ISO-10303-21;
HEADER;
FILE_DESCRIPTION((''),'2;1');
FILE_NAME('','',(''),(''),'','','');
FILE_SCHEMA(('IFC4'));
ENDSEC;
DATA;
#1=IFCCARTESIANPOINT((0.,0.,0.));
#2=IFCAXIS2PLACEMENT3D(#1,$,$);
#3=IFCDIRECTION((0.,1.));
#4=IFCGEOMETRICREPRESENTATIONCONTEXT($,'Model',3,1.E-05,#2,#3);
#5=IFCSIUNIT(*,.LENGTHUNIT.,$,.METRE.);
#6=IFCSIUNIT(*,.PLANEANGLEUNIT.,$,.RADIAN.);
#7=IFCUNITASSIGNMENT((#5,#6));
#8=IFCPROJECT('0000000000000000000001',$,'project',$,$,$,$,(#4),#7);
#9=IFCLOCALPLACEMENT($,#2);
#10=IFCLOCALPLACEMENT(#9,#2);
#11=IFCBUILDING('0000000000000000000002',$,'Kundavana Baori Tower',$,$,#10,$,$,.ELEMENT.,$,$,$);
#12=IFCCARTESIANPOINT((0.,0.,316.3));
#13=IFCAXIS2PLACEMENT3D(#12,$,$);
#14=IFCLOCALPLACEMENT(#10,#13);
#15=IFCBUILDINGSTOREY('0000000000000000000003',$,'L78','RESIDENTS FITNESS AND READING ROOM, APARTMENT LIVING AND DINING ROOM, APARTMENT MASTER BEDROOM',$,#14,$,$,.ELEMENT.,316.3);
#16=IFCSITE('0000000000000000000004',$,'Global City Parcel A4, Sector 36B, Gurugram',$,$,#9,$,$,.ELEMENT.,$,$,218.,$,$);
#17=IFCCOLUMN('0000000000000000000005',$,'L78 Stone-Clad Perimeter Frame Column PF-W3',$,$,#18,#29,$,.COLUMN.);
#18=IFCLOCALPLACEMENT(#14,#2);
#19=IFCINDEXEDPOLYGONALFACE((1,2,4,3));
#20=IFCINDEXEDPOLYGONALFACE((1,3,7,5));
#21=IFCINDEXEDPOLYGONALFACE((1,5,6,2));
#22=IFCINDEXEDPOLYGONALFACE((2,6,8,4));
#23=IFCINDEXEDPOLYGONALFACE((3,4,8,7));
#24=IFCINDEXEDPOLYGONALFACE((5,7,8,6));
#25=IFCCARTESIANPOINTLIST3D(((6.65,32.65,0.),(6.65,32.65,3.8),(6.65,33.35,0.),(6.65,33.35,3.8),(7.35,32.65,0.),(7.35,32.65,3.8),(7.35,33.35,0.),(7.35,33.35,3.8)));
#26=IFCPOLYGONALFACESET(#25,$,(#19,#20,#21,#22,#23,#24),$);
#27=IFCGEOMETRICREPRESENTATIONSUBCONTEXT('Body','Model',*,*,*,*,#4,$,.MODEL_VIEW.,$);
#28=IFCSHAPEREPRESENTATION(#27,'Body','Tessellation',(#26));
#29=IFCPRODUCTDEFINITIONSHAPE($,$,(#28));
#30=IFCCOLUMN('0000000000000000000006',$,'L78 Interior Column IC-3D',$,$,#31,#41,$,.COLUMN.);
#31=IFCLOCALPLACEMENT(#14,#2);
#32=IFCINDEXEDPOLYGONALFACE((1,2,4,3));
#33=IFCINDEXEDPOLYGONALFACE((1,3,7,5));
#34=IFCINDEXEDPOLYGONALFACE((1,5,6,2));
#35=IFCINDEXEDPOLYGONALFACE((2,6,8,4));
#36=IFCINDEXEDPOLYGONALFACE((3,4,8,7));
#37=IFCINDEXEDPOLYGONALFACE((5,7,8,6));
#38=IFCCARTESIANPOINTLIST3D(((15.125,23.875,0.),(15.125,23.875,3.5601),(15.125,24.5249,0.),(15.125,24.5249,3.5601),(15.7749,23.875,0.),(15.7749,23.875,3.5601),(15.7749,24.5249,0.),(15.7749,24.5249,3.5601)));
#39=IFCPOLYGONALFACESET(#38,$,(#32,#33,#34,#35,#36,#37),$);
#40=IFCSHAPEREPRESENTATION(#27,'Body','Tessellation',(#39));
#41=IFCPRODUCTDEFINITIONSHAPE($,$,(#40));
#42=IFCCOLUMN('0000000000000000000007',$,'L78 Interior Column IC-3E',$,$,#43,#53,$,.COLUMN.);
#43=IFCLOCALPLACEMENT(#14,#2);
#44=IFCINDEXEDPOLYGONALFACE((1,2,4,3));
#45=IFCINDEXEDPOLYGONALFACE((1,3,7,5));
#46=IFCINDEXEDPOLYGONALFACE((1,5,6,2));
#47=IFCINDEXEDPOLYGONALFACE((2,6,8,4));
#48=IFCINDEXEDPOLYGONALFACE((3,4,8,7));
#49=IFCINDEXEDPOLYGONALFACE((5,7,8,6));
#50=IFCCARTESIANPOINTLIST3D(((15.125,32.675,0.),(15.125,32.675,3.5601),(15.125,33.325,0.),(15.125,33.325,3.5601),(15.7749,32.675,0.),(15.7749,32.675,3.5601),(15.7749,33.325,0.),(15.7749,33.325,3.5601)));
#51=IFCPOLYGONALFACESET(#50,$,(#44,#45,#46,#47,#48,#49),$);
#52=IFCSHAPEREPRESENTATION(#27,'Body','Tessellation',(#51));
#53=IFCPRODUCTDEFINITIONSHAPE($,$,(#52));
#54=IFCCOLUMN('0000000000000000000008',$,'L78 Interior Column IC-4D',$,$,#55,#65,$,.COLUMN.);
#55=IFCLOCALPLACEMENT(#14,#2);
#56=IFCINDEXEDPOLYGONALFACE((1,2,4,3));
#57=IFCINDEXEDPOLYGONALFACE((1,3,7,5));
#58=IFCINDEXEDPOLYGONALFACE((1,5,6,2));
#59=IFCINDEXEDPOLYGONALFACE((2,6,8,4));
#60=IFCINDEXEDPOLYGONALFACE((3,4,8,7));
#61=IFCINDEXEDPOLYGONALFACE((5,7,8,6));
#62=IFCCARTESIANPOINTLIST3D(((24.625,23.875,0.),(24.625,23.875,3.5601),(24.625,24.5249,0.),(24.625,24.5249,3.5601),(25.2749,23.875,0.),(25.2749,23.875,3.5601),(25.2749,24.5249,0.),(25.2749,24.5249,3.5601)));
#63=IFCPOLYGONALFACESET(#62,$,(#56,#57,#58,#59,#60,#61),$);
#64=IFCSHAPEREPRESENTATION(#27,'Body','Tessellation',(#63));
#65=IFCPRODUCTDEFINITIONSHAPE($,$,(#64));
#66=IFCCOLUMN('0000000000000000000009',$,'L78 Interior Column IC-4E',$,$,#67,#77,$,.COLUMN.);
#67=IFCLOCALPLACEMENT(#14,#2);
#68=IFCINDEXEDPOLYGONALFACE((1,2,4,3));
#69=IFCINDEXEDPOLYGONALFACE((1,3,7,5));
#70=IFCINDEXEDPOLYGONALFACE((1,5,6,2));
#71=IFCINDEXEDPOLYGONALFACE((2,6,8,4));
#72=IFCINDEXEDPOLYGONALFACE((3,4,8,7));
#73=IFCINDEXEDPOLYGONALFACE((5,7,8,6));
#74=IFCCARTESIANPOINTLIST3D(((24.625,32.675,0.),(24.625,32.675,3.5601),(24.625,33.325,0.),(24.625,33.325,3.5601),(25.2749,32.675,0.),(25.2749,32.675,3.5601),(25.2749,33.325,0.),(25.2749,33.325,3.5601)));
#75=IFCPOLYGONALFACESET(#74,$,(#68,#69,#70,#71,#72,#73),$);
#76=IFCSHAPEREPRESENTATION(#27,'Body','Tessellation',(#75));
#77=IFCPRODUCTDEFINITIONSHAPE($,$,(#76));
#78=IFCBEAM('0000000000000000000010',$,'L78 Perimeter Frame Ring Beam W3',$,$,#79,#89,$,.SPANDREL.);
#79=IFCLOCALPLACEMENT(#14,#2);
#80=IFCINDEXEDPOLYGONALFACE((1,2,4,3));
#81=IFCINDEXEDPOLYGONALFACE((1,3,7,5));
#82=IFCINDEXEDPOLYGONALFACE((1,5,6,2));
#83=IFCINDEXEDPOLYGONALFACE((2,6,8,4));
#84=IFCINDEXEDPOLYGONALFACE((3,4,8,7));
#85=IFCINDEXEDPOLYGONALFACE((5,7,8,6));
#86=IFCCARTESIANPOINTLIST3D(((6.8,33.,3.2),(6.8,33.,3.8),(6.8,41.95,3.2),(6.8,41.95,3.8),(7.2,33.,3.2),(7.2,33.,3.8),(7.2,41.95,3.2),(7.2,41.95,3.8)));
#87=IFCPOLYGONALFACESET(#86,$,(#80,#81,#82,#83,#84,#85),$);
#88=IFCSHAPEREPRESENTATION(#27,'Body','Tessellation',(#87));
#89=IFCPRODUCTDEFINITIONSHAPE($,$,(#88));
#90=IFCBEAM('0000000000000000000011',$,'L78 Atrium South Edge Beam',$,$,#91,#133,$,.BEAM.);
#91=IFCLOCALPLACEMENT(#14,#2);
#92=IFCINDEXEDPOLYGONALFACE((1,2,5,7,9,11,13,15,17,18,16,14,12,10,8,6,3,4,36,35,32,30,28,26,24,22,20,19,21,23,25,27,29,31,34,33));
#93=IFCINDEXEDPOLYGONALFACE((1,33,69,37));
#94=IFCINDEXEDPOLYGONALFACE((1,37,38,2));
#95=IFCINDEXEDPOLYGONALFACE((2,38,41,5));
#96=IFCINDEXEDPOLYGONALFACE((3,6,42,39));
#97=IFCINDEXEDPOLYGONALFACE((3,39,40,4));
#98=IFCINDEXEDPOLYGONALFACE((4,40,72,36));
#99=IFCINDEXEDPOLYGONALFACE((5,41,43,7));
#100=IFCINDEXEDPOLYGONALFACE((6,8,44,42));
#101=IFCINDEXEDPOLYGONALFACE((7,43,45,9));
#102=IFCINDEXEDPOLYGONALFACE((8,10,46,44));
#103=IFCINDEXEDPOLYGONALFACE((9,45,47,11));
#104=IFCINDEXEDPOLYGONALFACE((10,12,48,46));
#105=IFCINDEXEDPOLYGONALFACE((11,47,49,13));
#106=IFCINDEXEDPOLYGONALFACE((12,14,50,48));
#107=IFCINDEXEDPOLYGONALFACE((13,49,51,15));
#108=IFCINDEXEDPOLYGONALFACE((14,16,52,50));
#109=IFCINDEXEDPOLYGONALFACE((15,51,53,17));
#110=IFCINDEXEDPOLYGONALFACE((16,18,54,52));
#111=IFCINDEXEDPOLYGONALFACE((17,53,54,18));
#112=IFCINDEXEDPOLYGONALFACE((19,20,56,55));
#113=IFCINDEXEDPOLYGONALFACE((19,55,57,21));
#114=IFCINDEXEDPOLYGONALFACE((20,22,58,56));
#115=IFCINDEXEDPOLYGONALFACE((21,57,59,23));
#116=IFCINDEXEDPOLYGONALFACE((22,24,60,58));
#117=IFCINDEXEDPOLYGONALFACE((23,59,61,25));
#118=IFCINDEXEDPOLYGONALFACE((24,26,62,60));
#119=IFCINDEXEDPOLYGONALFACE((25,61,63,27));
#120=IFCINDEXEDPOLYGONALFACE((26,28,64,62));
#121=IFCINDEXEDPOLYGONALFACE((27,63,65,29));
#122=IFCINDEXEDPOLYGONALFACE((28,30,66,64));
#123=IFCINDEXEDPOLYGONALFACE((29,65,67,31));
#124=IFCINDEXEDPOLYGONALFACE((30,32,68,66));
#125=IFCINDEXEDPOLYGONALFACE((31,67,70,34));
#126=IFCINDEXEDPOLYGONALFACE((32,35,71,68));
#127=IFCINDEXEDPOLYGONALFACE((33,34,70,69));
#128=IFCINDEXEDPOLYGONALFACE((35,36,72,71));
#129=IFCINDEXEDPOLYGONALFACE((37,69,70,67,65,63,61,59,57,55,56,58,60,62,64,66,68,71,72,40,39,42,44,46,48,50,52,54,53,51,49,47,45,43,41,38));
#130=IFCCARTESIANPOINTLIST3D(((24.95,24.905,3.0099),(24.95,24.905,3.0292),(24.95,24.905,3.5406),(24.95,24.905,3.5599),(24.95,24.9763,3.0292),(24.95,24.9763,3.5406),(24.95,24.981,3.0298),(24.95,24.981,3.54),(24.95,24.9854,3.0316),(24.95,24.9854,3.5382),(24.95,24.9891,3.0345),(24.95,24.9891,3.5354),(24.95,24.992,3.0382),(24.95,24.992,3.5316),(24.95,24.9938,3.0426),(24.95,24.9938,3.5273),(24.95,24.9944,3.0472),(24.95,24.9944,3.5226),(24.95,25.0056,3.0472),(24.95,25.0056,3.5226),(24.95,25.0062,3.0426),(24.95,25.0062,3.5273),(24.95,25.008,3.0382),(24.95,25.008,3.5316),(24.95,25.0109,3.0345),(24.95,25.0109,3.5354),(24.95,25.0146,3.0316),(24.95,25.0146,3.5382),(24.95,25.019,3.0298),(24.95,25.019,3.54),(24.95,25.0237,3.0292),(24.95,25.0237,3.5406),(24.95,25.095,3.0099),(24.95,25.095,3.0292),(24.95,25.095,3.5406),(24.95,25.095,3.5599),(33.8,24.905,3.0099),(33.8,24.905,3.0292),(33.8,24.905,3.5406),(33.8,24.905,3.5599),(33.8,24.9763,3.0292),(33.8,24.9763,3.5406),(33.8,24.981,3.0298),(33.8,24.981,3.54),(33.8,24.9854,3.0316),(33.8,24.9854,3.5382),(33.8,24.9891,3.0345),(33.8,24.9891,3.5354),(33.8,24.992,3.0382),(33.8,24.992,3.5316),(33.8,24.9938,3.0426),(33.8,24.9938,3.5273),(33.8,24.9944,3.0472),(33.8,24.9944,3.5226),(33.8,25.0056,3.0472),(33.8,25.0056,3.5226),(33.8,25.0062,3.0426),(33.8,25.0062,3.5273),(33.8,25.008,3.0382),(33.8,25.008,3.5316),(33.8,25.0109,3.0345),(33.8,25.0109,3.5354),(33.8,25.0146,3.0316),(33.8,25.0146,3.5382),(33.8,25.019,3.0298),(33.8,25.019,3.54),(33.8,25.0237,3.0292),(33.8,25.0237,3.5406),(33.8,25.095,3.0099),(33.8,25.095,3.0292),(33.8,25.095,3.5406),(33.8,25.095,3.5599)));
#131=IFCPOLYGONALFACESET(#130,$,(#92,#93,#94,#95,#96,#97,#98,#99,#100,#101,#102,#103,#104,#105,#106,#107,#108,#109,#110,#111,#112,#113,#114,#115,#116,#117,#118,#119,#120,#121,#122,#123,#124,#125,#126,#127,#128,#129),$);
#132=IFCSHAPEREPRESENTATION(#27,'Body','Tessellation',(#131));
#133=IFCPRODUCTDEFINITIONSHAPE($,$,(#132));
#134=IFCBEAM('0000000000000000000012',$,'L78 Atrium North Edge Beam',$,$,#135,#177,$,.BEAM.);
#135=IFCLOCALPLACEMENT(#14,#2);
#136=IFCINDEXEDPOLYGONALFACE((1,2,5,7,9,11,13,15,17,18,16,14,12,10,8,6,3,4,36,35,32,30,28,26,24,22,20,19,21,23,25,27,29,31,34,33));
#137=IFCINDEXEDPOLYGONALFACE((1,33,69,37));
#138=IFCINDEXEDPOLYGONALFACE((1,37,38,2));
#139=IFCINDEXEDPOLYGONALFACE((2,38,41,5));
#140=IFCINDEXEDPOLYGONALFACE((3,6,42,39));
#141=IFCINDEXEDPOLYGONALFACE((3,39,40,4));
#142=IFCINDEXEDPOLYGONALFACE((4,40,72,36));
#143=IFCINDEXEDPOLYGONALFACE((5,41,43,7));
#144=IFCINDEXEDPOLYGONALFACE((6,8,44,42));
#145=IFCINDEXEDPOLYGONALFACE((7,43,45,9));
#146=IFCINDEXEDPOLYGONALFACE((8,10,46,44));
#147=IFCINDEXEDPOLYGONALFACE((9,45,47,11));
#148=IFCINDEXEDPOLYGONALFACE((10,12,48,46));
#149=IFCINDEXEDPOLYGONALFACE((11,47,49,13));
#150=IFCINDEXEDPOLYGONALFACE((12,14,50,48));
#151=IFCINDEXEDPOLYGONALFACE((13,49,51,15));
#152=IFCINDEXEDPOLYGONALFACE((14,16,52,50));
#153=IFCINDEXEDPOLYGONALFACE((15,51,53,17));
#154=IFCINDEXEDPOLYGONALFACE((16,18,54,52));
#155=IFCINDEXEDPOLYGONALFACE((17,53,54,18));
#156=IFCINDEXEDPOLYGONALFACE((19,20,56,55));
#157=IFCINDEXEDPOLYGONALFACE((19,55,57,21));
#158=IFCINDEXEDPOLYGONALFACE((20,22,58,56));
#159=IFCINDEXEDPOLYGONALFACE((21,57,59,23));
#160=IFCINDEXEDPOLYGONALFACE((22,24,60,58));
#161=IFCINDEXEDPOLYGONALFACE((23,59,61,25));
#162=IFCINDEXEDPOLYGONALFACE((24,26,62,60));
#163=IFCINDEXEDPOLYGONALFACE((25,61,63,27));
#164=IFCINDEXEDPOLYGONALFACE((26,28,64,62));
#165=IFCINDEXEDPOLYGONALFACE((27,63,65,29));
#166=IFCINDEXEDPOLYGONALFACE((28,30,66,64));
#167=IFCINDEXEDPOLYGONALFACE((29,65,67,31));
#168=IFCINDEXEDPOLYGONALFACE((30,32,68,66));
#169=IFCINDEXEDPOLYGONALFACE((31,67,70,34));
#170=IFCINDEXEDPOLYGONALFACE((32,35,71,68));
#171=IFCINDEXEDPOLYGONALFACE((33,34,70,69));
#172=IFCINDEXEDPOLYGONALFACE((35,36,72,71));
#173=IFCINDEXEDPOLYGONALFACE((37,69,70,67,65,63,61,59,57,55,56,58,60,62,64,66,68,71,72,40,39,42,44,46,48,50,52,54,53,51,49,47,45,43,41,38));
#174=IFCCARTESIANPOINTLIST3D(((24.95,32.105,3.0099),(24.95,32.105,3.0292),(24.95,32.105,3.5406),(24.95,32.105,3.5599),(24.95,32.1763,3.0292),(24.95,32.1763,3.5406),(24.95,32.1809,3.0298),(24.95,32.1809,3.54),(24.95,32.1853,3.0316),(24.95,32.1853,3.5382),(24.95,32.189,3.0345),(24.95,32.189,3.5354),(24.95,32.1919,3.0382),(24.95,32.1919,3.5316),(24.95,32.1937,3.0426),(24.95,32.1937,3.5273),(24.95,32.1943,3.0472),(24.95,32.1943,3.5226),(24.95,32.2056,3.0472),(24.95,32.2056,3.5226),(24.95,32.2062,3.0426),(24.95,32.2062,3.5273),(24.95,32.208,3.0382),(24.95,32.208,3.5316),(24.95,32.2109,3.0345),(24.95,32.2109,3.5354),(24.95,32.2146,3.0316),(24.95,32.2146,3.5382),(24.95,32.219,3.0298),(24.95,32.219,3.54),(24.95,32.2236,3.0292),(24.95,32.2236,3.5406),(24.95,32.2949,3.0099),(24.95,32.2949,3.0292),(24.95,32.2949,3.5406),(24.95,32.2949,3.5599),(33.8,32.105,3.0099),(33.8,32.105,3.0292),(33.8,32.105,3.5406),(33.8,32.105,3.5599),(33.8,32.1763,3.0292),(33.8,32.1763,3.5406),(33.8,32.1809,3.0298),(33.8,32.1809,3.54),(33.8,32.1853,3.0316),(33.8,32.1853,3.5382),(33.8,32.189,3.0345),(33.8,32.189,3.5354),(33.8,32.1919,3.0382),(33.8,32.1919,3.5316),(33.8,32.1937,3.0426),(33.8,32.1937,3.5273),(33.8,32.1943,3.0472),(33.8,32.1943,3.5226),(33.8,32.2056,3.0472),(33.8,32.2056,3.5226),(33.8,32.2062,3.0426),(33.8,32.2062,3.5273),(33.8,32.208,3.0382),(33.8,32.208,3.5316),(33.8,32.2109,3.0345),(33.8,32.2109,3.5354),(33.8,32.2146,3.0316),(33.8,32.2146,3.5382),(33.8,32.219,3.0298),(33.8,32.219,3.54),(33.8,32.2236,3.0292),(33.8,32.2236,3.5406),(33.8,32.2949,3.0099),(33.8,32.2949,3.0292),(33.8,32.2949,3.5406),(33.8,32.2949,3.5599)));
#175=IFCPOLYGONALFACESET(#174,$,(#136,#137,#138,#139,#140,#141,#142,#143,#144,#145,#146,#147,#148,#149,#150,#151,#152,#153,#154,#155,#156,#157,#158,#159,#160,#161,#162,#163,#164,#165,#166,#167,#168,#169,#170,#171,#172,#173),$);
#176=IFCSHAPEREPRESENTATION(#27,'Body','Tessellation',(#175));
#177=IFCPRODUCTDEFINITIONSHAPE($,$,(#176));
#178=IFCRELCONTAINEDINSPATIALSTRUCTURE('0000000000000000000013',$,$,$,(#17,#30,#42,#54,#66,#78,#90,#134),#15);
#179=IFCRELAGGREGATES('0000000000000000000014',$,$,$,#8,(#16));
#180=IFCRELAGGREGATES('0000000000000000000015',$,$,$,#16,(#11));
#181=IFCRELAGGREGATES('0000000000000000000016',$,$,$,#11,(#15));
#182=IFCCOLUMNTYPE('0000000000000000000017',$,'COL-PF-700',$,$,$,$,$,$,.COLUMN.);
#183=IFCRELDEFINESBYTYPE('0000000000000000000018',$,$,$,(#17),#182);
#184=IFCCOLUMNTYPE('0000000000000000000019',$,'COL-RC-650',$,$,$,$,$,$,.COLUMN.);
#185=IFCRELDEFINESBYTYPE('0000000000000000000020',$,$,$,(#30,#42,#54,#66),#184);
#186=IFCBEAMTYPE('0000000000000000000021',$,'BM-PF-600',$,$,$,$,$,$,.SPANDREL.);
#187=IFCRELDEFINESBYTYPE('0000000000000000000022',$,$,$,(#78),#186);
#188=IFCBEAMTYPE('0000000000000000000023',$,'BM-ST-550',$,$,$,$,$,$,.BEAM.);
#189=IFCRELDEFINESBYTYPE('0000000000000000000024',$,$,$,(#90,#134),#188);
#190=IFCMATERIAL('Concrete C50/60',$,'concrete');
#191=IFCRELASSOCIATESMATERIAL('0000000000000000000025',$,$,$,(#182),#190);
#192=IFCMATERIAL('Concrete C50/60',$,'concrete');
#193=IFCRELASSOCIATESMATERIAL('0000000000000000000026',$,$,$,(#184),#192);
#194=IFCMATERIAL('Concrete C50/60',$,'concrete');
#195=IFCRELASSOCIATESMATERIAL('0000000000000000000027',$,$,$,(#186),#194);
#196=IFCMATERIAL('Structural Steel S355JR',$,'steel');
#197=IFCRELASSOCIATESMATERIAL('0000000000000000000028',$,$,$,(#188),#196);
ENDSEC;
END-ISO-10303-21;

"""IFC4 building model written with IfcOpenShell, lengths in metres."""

from ifc_helpers import new_model, si_unit, direction, frame, origin, origin_2d, place, context, subcontext, project, spatial, rectangle, i_section, extrude, material, material_profile, profile_set, type_object, element, save


model = new_model("IFC4")

# Units and contexts
model_context = context("Model", 3, precision=1e-05, world=origin(), true_north=direction((0.0, 1.0)))
body_context = subcontext(model_context, "Body", "Model", "MODEL_VIEW")
ifc_project = project(units=[si_unit("LENGTHUNIT", "METRE"), si_unit("PLANEANGLEUNIT", "RADIAN")], contexts=[model_context])

# Site, building, storey
site_placement = place(None, origin())
site = spatial("IfcSite", under=ifc_project, at=site_placement, Name="Global City Parcel A4, Sector 36B, Gurugram", CompositionType="ELEMENT", RefElevation=218.0)
building_placement = place(site_placement, origin())
building = spatial("IfcBuilding", under=site, at=building_placement, Name="Kundavana Baori Tower", CompositionType="ELEMENT")
storey_placement = place(building_placement, frame((0.0, 0.0, 316.3)))
storey = spatial("IfcBuildingStorey", under=building, at=storey_placement, Name="L78", Description="RESIDENTS FITNESS AND READING ROOM, APARTMENT LIVING AND DINING ROOM, APARTMENT MASTER BEDROOM", CompositionType="ELEMENT", Elevation=316.3)

# Columns
ifc_material_1 = material(Name="Concrete C50/60", Category="concrete")
ifc_material_profile_1 = material_profile(ifc_material_1, rectangle(XDim=0.7, YDim=0.7, at=origin_2d()), Name="RC PF 700x700")
ifc_profile_set_1 = profile_set([ifc_material_profile_1], Name="Concrete C50/60")
column_type_1 = type_object("IfcColumnType", Name="COL-PF-700", PredefinedType="COLUMN", material=ifc_profile_set_1)
column_placement = place(storey_placement, frame((7.0, 33.0, 0.0), z_axis=(0.0, 0.0, 1.0), x_axis=(1.0, 0.0, 0.0)))
element("IfcColumn", 1, at=column_placement, inside=storey, type_object=column_type_1, Name="L78 Stone-Clad Perimeter Frame Column PF-W3", PredefinedType="COLUMN", context=body_context, shape_type="SweptSolid", body=[
    extrude(rectangle(XDim=0.7, YDim=0.7, at=origin_2d()), origin(), (0.0, 0.0, 1.0), 3.8),
])
ifc_material_2 = material(Name="Concrete C50/60", Category="concrete")
ifc_material_profile_2 = material_profile(ifc_material_2, rectangle(XDim=0.6499, YDim=0.6499, at=origin_2d()), Name="RC 650x650")
ifc_profile_set_2 = profile_set([ifc_material_profile_2], Name="Concrete C50/60")
column_type_2 = type_object("IfcColumnType", Name="COL-RC-650", PredefinedType="COLUMN", material=ifc_profile_set_2)
for number, where, z_axis, x_axis, name in (
    (2, (15.45, 24.2, 0.0), (0.0, 0.0, 1.0), (1.0, 0.0, 0.0), "L78 Interior Column IC-3D"),
    (3, (15.45, 33.0, 0.0), (0.0, 0.0, 1.0), (1.0, 0.0, 0.0), "L78 Interior Column IC-3E"),
    (4, (24.95, 24.2, 0.0), (0.0, 0.0, 1.0), (1.0, 0.0, 0.0), "L78 Interior Column IC-4D"),
    (5, (24.95, 33.0, 0.0), (0.0, 0.0, 1.0), (1.0, 0.0, 0.0), "L78 Interior Column IC-4E"),
):
    element("IfcColumn", number, at=place(storey_placement, frame(where, z_axis=z_axis, x_axis=x_axis)), inside=storey, type_object=column_type_2, Name=name, PredefinedType="COLUMN", context=body_context, shape_type="SweptSolid", body=[
        extrude(rectangle(XDim=0.6499, YDim=0.6499, at=origin_2d()), origin(), (0.0, 0.0, 1.0), 3.5601),
    ])

# Beams
ifc_material_3 = material(Name="Concrete C50/60", Category="concrete")
ifc_material_profile_3 = material_profile(ifc_material_3, rectangle(XDim=0.3999, YDim=0.6001, at=origin_2d()), Name="RC BM 400x600")
ifc_profile_set_3 = profile_set([ifc_material_profile_3], Name="Concrete C50/60")
beam_type_1 = type_object("IfcBeamType", Name="BM-PF-600", PredefinedType="SPANDREL", material=ifc_profile_set_3)
beam_1_placement = place(storey_placement, frame((7.0, 33.0, 3.5), z_axis=(0.0, 1.0, 0.0), x_axis=(-1.0, 0.0, 0.0)))
element("IfcBeam", 6, at=beam_1_placement, inside=storey, type_object=beam_type_1, Name="L78 Perimeter Frame Ring Beam W3", PredefinedType="SPANDREL", context=body_context, shape_type="SweptSolid", body=[
    extrude(rectangle(XDim=0.3999, YDim=0.6001, at=origin_2d()), origin(), (0.0, 0.0, 1.0), 8.95),
])
ifc_material_4 = material(Name="Structural Steel S355JR", Category="steel")
ifc_material_profile_4 = material_profile(ifc_material_4, i_section(OverallWidth=0.1899, OverallDepth=0.55, WebThickness=0.0112, FlangeThickness=0.0193, FilletRadius=0.0181, at=origin_2d()), Name="ISMB 550")
ifc_profile_set_4 = profile_set([ifc_material_profile_4], Name="Structural Steel S355JR")
beam_type_2 = type_object("IfcBeamType", Name="BM-ST-550", PredefinedType="BEAM", material=ifc_profile_set_4)
for number, where, z_axis, x_axis, name in (
    (7, (24.95, 25.0, 3.2849), (1.0, 0.0, 0.0), (0.0, 1.0, 0.0), "L78 Atrium South Edge Beam"),
    (8, (24.95, 32.2, 3.2849), (1.0, 0.0, 0.0), (0.0, 1.0, 0.0), "L78 Atrium North Edge Beam"),
):
    element("IfcBeam", number, at=place(storey_placement, frame(where, z_axis=z_axis, x_axis=x_axis)), inside=storey, type_object=beam_type_2, Name=name, PredefinedType="BEAM", context=body_context, shape_type="SweptSolid", body=[
        extrude(i_section(OverallWidth=0.1899, OverallDepth=0.55, WebThickness=0.0112, FlangeThickness=0.0193, FilletRadius=0.0181, at=origin_2d()), origin(), (0.0, 0.0, 1.0), 8.8501),
    ])

save(model, "model.ifc")
